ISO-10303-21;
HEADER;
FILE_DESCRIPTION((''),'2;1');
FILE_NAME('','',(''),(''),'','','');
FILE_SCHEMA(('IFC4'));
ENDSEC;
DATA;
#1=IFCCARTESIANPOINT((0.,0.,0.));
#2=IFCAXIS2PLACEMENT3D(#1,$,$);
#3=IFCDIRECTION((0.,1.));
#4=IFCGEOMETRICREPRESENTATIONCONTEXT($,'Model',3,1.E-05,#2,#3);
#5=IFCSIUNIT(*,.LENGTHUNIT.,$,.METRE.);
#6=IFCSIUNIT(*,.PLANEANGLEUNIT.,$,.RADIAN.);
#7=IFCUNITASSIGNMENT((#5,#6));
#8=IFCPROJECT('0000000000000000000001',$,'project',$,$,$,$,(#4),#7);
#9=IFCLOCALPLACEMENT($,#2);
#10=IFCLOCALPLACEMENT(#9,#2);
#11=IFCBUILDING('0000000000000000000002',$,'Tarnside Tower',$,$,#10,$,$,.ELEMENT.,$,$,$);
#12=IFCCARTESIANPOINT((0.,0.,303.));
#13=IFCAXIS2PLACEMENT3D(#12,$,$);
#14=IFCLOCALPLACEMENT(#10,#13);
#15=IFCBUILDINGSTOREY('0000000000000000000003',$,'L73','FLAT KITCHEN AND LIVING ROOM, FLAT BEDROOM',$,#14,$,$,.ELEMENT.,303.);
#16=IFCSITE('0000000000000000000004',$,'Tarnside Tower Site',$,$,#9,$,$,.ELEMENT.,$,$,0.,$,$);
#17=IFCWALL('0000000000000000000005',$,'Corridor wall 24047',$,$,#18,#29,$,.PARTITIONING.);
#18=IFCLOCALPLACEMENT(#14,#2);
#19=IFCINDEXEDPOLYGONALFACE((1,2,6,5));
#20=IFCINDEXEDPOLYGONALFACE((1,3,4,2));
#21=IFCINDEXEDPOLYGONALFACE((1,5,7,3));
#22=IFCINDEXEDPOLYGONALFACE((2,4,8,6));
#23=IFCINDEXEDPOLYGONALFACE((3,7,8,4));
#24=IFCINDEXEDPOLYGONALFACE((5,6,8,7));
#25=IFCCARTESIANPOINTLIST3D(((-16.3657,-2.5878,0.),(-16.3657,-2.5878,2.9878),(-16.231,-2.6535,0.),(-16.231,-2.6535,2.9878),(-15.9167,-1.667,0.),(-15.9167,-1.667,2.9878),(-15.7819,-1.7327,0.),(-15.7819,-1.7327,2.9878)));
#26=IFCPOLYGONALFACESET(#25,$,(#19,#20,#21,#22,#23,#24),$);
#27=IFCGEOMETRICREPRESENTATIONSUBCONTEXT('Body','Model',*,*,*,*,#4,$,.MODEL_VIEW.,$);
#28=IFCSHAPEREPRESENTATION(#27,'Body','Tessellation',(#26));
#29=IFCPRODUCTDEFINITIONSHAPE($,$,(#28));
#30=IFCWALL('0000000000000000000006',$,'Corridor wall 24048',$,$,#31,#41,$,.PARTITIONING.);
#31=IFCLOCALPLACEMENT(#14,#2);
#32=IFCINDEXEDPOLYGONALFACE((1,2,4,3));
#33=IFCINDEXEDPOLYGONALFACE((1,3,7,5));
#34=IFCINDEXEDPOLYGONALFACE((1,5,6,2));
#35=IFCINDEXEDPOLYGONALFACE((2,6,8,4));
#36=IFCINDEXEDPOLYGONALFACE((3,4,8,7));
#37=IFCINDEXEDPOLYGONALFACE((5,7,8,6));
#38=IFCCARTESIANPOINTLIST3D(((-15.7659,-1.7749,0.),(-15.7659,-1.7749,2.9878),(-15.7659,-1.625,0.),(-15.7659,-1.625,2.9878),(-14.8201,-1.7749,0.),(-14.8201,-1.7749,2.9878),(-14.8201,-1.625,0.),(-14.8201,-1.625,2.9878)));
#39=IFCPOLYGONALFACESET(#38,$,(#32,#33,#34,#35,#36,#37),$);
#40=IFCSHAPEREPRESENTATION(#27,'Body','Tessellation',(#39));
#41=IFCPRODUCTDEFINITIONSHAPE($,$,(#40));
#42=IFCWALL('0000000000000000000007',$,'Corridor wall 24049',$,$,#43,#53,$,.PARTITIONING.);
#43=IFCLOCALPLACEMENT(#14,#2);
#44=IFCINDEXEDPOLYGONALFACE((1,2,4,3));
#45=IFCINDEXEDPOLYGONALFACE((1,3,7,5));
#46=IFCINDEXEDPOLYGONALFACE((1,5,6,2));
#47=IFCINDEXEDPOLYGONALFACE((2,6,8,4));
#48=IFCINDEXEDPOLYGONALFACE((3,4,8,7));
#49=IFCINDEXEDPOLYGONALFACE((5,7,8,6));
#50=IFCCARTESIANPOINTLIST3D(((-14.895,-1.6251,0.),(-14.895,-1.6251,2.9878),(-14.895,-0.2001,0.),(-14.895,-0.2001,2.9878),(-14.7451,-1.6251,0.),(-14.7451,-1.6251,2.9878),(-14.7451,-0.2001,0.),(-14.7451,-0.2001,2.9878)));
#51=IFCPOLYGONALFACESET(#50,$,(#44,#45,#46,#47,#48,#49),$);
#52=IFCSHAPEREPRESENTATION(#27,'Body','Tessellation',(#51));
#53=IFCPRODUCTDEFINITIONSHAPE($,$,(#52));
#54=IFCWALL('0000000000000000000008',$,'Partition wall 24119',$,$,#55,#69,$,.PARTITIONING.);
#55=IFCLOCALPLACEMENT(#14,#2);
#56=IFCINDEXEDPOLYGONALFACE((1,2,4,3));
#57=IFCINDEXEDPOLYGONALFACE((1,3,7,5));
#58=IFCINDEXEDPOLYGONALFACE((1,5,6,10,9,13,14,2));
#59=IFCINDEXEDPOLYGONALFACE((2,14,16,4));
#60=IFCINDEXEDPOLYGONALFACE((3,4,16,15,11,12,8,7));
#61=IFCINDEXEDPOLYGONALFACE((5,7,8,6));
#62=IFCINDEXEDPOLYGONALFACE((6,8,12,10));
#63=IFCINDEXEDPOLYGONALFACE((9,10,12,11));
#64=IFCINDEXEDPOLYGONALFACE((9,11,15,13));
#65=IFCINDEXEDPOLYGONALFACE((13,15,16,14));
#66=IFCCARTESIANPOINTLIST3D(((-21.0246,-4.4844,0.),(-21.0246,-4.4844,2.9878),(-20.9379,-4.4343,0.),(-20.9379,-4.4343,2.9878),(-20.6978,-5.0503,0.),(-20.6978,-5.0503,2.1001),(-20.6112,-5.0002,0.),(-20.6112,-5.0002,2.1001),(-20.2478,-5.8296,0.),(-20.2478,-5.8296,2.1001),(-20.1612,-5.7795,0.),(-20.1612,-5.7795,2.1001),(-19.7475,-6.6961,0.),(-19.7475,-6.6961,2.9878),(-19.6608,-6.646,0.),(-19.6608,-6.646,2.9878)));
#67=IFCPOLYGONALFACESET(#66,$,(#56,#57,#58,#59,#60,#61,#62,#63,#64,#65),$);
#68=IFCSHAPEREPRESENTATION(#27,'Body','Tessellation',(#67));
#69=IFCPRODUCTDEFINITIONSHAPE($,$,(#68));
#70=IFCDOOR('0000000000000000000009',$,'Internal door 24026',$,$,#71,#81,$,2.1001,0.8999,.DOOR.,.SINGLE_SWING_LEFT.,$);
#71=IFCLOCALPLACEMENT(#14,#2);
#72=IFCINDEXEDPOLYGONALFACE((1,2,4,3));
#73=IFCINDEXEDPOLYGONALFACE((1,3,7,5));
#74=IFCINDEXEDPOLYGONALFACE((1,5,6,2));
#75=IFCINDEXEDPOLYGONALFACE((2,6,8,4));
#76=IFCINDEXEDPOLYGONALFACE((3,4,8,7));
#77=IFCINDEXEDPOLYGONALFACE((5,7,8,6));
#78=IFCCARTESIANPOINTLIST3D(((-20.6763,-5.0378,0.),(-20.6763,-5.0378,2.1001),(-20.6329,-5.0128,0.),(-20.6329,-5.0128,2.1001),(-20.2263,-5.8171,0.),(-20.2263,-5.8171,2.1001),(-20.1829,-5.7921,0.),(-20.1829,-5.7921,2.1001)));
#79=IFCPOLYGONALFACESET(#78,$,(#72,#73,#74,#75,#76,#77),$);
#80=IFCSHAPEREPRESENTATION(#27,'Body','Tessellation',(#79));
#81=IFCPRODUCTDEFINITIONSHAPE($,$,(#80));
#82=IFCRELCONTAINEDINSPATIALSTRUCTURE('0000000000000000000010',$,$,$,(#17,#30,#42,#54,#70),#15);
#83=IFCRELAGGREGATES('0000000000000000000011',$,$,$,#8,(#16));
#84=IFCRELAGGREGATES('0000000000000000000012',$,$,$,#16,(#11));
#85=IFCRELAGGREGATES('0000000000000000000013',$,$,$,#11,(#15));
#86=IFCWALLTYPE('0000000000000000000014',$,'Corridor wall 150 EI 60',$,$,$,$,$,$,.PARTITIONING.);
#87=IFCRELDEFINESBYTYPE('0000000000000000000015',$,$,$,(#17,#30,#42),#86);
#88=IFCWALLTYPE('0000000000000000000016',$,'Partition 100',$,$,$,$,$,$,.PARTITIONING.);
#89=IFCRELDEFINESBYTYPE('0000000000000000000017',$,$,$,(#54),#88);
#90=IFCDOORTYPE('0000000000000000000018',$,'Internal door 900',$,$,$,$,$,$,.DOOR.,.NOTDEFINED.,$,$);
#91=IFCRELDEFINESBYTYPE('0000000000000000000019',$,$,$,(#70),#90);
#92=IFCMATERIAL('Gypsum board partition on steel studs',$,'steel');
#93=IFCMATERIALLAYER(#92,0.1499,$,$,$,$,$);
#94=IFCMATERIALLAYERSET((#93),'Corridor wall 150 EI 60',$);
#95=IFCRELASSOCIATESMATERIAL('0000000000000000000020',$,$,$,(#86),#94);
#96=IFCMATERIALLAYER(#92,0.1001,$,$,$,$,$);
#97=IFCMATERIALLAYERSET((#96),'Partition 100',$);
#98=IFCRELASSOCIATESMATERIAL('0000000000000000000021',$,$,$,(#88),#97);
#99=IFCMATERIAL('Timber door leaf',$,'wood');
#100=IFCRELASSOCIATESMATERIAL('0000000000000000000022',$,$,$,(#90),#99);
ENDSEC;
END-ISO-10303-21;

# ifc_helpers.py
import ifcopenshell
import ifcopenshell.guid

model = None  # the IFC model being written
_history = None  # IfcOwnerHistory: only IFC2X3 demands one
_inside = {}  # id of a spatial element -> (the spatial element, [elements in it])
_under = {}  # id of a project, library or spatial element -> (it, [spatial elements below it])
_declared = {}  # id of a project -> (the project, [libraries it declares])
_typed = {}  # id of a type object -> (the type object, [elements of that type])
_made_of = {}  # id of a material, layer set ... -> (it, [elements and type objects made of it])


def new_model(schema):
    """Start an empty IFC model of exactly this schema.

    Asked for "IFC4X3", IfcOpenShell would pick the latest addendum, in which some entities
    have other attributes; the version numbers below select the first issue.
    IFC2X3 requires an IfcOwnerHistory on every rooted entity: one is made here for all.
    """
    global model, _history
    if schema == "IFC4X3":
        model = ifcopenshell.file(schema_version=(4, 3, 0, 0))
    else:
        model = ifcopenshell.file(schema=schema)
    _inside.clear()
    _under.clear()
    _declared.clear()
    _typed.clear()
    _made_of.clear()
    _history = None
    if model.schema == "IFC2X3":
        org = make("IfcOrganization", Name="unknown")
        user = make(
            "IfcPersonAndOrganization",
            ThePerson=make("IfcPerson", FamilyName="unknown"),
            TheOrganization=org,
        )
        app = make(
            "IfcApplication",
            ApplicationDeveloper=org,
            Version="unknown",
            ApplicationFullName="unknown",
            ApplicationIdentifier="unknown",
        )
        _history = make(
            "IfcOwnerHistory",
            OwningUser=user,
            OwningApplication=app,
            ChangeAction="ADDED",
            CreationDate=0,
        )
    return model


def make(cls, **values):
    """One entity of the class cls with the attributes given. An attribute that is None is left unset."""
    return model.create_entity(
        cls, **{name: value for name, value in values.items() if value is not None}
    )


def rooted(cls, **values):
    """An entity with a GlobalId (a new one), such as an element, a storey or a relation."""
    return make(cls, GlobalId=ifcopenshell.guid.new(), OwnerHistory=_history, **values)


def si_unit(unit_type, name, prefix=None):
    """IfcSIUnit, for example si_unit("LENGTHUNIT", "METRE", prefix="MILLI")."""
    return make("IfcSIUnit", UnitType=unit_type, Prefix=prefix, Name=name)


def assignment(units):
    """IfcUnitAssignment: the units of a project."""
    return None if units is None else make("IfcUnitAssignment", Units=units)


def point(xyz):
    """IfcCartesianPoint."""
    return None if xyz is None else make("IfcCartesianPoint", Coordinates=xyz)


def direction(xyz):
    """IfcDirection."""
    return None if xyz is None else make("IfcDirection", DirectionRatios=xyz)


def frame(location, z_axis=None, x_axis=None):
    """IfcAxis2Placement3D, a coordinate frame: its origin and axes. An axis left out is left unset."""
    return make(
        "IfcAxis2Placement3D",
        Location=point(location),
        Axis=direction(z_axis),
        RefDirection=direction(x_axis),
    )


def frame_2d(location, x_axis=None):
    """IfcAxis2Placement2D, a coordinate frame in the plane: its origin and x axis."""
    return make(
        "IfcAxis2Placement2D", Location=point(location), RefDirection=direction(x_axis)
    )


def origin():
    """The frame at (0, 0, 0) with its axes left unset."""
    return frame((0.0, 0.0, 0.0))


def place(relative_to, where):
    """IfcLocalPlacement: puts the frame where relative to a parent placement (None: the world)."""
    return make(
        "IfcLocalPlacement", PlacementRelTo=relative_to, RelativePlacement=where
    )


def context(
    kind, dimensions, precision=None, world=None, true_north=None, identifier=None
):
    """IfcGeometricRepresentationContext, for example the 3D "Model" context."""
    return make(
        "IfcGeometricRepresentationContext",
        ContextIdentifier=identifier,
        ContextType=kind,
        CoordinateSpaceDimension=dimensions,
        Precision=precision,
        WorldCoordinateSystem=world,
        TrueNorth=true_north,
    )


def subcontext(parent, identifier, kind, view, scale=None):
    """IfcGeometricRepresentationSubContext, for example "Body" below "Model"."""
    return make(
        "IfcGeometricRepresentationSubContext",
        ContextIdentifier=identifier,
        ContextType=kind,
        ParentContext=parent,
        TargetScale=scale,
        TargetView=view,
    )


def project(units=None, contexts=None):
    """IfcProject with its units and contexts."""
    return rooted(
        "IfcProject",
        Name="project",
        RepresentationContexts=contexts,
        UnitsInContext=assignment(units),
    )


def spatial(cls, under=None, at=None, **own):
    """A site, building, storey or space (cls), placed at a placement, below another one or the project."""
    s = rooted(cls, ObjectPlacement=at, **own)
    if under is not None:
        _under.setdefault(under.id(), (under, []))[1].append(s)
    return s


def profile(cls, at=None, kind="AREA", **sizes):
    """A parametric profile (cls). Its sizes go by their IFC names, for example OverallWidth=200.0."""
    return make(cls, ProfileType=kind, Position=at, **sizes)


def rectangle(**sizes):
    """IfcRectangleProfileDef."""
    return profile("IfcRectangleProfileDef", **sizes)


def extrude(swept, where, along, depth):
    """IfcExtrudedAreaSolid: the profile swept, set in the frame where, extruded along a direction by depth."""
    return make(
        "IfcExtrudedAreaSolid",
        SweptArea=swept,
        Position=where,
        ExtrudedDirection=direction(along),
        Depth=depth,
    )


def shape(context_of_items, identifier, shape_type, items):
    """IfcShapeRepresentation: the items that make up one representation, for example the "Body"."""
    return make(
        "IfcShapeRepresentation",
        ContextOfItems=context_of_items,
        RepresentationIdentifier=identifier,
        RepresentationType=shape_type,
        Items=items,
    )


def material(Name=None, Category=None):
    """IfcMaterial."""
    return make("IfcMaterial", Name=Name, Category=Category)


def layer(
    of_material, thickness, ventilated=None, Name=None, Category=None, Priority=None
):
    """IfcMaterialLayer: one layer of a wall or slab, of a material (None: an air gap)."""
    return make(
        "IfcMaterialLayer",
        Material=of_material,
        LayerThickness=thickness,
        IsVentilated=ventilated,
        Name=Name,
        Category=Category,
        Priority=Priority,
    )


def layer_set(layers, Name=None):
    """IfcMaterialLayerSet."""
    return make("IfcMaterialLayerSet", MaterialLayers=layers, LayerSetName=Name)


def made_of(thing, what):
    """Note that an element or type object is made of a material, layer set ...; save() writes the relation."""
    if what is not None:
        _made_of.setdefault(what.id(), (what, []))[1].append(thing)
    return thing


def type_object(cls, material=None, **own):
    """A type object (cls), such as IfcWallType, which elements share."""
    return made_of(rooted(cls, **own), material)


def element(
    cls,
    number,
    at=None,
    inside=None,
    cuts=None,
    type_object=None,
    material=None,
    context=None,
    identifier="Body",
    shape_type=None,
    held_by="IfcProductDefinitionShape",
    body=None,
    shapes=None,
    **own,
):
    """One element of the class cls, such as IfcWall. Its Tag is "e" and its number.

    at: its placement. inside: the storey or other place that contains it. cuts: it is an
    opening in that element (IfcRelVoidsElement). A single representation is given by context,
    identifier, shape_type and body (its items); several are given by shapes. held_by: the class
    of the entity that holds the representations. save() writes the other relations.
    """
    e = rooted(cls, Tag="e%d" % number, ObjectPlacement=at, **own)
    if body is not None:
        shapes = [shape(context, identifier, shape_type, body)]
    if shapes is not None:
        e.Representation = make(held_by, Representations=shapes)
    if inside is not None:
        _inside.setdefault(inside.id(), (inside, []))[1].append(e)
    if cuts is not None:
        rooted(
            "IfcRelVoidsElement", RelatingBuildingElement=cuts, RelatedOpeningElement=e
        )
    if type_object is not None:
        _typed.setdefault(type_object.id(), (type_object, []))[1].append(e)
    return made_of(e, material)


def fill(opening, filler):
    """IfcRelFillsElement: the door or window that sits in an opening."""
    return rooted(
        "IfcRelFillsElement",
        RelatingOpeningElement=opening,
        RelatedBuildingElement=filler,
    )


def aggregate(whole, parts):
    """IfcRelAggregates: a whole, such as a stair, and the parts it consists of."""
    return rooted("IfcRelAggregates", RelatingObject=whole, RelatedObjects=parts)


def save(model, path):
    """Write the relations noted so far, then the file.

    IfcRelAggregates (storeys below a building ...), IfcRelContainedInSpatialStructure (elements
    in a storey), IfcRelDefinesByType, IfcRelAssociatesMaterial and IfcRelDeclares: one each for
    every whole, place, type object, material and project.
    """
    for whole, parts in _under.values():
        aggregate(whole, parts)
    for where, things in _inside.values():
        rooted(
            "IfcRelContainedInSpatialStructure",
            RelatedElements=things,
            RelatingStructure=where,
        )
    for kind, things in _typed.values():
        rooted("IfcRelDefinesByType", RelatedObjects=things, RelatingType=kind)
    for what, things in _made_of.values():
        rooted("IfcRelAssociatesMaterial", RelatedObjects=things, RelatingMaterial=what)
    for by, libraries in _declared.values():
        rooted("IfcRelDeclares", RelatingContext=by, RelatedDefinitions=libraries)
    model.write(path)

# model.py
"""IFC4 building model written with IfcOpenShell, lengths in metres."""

from ifc_helpers import new_model, si_unit, direction, frame, frame_2d, origin, place, context, subcontext, project, spatial, rectangle, extrude, material, layer, layer_set, type_object, element, fill, save


model = new_model("IFC4")

# Units and contexts
model_context = context("Model", 3, precision=1e-05, world=origin(), true_north=direction((0.0, 1.0)))
body_context = subcontext(model_context, "Body", "Model", "MODEL_VIEW")
ifc_project = project(units=[si_unit("LENGTHUNIT", "METRE"), si_unit("PLANEANGLEUNIT", "RADIAN")], contexts=[model_context])

# Site, building, storey
site_placement = place(None, origin())
site = spatial("IfcSite", under=ifc_project, at=site_placement, Name="Tarnside Tower Site", CompositionType="ELEMENT", RefElevation=0.0)
building_placement = place(site_placement, origin())
building = spatial("IfcBuilding", under=site, at=building_placement, Name="Tarnside Tower", CompositionType="ELEMENT")
storey_placement = place(building_placement, frame((0.0, 0.0, 303.0)))
storey = spatial("IfcBuildingStorey", under=building, at=storey_placement, Name="L73", Description="FLAT KITCHEN AND LIVING ROOM, FLAT BEDROOM", CompositionType="ELEMENT", Elevation=303.0)

# Shared definitions
ifc_material_1 = material(Name="Gypsum board partition on steel studs", Category="steel")

# Shared definitions
ifc_material_2 = material(Name="Timber door leaf", Category="wood")

# Shared definitions
ifc_layer_1 = layer(ifc_material_1, 0.1499)
ifc_layer_set_1 = layer_set([ifc_layer_1], Name="Corridor wall 150 EI 60")
wall_type_1 = type_object("IfcWallType", Name="Corridor wall 150 EI 60", PredefinedType="PARTITIONING", material=ifc_layer_set_1)

# Walls
wall_1_placement = place(storey_placement, frame((-16.2983, -2.6206, 0.0), z_axis=(0.0, 0.0, 1.0), x_axis=(0.438325, 0.898817, 0.0)))
element("IfcWall", 1, at=wall_1_placement, inside=storey, type_object=wall_type_1, Name="Corridor wall 24047", PredefinedType="PARTITIONING", context=body_context, shape_type="SweptSolid", body=[
    extrude(rectangle(XDim=1.0244, YDim=0.1499, at=frame_2d((0.5122, 0.0))), origin(), (0.0, 0.0, 1.0), 2.9878),
])
wall_2_placement = place(storey_placement, frame((-15.7659, -1.7, 0.0), z_axis=(0.0, 0.0, 1.0), x_axis=(1.0, 0.0, 0.0)))
element("IfcWall", 2, at=wall_2_placement, inside=storey, type_object=wall_type_1, Name="Corridor wall 24048", PredefinedType="PARTITIONING", context=body_context, shape_type="SweptSolid", body=[
    extrude(rectangle(XDim=0.9458, YDim=0.1499, at=frame_2d((0.4729, 0.0))), origin(), (0.0, 0.0, 1.0), 2.9878),
])
wall_3_placement = place(storey_placement, frame((-14.8201, -1.625, 0.0), z_axis=(0.0, 0.0, 1.0), x_axis=(0.0, 1.0, 0.0)))
element("IfcWall", 3, at=wall_3_placement, inside=storey, type_object=wall_type_1, Name="Corridor wall 24049", PredefinedType="PARTITIONING", context=body_context, shape_type="SweptSolid", body=[
    extrude(rectangle(XDim=1.425, YDim=0.1499, at=frame_2d((0.7124, 0.0))), origin(), (0.0, 0.0, 1.0), 2.9878),
])

# Wall, opening, door
ifc_layer_2 = layer(ifc_material_1, 0.1001)
ifc_layer_set_2 = layer_set([ifc_layer_2], Name="Partition 100")
wall_type_2 = type_object("IfcWallType", Name="Partition 100", PredefinedType="PARTITIONING", material=ifc_layer_set_2)
wall_4_placement = place(storey_placement, frame((-20.9812, -4.4595, 0.0), z_axis=(0.0, 0.0, 1.0), x_axis=(0.500056, -0.865993, 0.0)))
wall_4 = element("IfcWall", 4, at=wall_4_placement, inside=storey, type_object=wall_type_2, Name="Partition wall 24119", PredefinedType="PARTITIONING", context=body_context, shape_type="SweptSolid", body=[
    extrude(rectangle(XDim=2.554, YDim=0.1001, at=frame_2d((1.2769, 0.0))), origin(), (0.0, 0.0, 1.0), 2.9878),
])
opening_1_placement = place(wall_4_placement, frame((0.6533, 0.0, 0.0)))
opening_1 = element("IfcOpeningElement", 5, at=opening_1_placement, cuts=wall_4, PredefinedType="OPENING", context=body_context, shape_type="SweptSolid", body=[
    extrude(rectangle(XDim=0.8999, YDim=2.1001, at=frame_2d((0.45, 1.05))), frame((0.0, 0.0601, 0.0), z_axis=(0.0, -1.0, 0.0), x_axis=(1.0, 0.0, 0.0)), (0.0, 0.0, 1.0), 0.1201),
])
door_type_1 = type_object("IfcDoorType", Name="Internal door 900", OperationType="NOTDEFINED", PredefinedType="DOOR", material=ifc_material_2)
door_1_placement = place(opening_1_placement, origin())
door_1 = element("IfcDoor", 6, at=door_1_placement, inside=storey, type_object=door_type_1, Name="Internal door 24026", OperationType="SINGLE_SWING_LEFT", OverallHeight=2.1001, OverallWidth=0.8999, PredefinedType="DOOR", context=body_context, shape_type="SweptSolid", body=[
    extrude(rectangle(XDim=0.8999, YDim=2.1001, at=frame_2d((0.45, 1.05))), frame((0.0, 0.0249, 0.0), z_axis=(0.0, -1.0, 0.0), x_axis=(1.0, 0.0, 0.0)), (0.0, 0.0, 1.0), 0.05),
])
fill(opening_1, door_1)

save(model, "model.ifc")
